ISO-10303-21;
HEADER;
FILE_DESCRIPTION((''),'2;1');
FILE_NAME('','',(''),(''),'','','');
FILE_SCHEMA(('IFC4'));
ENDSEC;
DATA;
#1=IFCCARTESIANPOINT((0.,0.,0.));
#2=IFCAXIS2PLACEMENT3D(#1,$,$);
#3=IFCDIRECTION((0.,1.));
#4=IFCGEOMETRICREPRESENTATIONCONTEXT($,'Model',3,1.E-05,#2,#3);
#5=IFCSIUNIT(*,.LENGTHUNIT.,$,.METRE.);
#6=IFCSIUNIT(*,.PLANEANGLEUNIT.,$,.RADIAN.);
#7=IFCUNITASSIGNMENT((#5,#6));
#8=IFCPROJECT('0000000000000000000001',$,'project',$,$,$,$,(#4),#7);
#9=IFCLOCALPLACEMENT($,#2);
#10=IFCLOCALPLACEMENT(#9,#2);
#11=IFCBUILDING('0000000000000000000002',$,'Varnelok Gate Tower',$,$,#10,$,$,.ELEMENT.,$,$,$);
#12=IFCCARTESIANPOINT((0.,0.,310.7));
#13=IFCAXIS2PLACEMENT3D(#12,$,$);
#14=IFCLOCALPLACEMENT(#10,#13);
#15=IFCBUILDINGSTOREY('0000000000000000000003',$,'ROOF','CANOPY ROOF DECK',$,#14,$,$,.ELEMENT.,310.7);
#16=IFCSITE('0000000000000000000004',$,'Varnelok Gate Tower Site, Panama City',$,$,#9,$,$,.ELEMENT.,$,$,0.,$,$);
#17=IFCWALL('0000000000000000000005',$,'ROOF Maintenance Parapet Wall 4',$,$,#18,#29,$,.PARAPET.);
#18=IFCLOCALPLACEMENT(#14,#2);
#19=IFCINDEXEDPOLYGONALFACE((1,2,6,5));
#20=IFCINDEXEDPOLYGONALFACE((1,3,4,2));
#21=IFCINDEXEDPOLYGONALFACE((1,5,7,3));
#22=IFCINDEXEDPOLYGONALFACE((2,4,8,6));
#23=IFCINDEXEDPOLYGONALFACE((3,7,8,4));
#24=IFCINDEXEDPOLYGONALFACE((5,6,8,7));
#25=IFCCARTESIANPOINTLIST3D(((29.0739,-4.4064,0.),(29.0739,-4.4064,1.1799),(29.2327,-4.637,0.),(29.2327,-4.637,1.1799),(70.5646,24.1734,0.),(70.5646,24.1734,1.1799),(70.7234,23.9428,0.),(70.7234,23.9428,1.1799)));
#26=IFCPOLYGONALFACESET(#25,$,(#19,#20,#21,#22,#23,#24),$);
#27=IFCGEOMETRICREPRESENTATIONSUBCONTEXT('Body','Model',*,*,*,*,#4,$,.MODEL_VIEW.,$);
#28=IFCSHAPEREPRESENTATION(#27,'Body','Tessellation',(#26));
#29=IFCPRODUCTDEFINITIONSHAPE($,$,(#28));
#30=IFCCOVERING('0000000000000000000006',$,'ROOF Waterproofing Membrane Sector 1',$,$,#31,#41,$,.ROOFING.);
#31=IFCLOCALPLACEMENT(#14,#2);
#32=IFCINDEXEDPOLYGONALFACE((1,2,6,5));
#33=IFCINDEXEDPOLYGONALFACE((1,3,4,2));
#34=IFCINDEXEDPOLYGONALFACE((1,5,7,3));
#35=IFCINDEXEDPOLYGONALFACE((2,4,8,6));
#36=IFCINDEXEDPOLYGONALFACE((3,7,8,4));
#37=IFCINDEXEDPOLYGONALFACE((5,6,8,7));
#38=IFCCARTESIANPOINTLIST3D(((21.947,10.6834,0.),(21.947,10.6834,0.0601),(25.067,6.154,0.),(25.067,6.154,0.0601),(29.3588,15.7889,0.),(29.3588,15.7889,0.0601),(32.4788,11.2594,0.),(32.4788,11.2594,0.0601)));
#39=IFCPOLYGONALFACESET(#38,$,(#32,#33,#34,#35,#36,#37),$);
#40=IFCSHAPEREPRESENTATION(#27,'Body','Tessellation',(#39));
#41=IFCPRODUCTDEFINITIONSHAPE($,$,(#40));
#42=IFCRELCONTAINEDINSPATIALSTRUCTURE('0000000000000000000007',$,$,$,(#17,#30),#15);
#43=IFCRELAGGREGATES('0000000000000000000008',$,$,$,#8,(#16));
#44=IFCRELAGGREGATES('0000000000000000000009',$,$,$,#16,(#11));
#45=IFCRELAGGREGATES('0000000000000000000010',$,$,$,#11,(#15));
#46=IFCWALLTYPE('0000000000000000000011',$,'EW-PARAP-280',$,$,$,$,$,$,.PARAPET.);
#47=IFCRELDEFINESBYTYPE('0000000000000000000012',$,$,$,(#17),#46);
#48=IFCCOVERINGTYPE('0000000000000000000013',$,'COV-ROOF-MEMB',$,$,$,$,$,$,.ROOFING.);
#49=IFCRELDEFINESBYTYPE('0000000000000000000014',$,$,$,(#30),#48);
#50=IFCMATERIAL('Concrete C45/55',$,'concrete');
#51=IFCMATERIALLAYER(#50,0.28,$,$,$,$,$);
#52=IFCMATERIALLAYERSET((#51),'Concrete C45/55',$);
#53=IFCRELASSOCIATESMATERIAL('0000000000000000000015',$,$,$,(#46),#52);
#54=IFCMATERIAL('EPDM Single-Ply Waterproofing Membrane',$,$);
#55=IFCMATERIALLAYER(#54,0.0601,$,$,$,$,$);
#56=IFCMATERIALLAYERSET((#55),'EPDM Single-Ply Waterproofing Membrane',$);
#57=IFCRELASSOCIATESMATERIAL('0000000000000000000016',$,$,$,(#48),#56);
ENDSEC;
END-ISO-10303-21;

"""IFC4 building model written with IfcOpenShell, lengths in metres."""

from ifc_helpers import new_model, si_unit, direction, frame, frame_2d, origin, origin_2d, place, context, subcontext, project, spatial, rectangle, extrude, source, transform, mapped, material, layer, layer_set, type_object, element, save


model = new_model("IFC4")

# Units and contexts
model_context = context("Model", 3, precision=1e-05, world=origin(), true_north=direction((0.0, 1.0)))
body_context = subcontext(model_context, "Body", "Model", "MODEL_VIEW")
ifc_project = project(units=[si_unit("LENGTHUNIT", "METRE"), si_unit("PLANEANGLEUNIT", "RADIAN")], contexts=[model_context])

# Site, building, storey
site_placement = place(None, origin())
site = spatial("IfcSite", under=ifc_project, at=site_placement, Name="Varnelok Gate Tower Site, Panama City", CompositionType="ELEMENT", RefElevation=0.0)
building_placement = place(site_placement, origin())
building = spatial("IfcBuilding", under=site, at=building_placement, Name="Varnelok Gate Tower", CompositionType="ELEMENT")
storey_placement = place(building_placement, frame((0.0, 0.0, 310.7)))
storey = spatial("IfcBuildingStorey", under=building, at=storey_placement, Name="ROOF", Description="CANOPY ROOF DECK", CompositionType="ELEMENT", Elevation=310.7)

# Shared definitions
ifc_material_1 = material(Name="Concrete C45/55", Category="concrete")

# Wall
ifc_layer_1 = layer(ifc_material_1, 0.28)
ifc_layer_set_1 = layer_set([ifc_layer_1], Name="Concrete C45/55")
wall_type = type_object("IfcWallType", Name="EW-PARAP-280", PredefinedType="PARAPET", material=ifc_layer_set_1)
wall_1_placement = place(storey_placement, frame((29.1533, -4.5217, 0.0), z_axis=(0.0, 0.0, 1.0), x_axis=(0.823532, 0.567269, 0.0)))
element("IfcWall", 1, at=wall_1_placement, inside=storey, type_object=wall_type, Name="ROOF Maintenance Parapet Wall 4", PredefinedType="PARAPET", context=body_context, shape_type="SweptSolid", body=[
    extrude(rectangle(XDim=50.3813, YDim=0.28, at=frame_2d((25.1907, 0.0))), origin(), (0.0, 0.0, 1.0), 1.1799),
])

# Covering
ifc_material_2 = material(Name="EPDM Single-Ply Waterproofing Membrane")
ifc_layer_2 = layer(ifc_material_2, 0.0601)
ifc_layer_set_2 = layer_set([ifc_layer_2], Name="EPDM Single-Ply Waterproofing Membrane")
covering_type = type_object("IfcCoveringType", Name="COV-ROOF-MEMB", PredefinedType="ROOFING", material=ifc_layer_set_2)
shared_shape_1 = source(origin(), body_context, "Body", "SweptSolid", [
    extrude(rectangle(XDim=9.0, YDim=5.5, at=origin_2d()), origin(), (0.0, 0.0, 1.0), 0.0601),
])
covering_placement = place(storey_placement, frame((27.2129, 10.9714, 0.0), z_axis=(0.0, 0.0, 1.0), x_axis=(0.823533, 0.567269, 0.0)))
element("IfcCovering", 2, at=covering_placement, inside=storey, type_object=covering_type, Name="ROOF Waterproofing Membrane Sector 1", PredefinedType="ROOFING", context=body_context, shape_type="MappedRepresentation", body=[
    mapped(shared_shape_1, transform((0.0, 0.0, 0.0), scale=1.0)),
])

save(model, "model.ifc")
